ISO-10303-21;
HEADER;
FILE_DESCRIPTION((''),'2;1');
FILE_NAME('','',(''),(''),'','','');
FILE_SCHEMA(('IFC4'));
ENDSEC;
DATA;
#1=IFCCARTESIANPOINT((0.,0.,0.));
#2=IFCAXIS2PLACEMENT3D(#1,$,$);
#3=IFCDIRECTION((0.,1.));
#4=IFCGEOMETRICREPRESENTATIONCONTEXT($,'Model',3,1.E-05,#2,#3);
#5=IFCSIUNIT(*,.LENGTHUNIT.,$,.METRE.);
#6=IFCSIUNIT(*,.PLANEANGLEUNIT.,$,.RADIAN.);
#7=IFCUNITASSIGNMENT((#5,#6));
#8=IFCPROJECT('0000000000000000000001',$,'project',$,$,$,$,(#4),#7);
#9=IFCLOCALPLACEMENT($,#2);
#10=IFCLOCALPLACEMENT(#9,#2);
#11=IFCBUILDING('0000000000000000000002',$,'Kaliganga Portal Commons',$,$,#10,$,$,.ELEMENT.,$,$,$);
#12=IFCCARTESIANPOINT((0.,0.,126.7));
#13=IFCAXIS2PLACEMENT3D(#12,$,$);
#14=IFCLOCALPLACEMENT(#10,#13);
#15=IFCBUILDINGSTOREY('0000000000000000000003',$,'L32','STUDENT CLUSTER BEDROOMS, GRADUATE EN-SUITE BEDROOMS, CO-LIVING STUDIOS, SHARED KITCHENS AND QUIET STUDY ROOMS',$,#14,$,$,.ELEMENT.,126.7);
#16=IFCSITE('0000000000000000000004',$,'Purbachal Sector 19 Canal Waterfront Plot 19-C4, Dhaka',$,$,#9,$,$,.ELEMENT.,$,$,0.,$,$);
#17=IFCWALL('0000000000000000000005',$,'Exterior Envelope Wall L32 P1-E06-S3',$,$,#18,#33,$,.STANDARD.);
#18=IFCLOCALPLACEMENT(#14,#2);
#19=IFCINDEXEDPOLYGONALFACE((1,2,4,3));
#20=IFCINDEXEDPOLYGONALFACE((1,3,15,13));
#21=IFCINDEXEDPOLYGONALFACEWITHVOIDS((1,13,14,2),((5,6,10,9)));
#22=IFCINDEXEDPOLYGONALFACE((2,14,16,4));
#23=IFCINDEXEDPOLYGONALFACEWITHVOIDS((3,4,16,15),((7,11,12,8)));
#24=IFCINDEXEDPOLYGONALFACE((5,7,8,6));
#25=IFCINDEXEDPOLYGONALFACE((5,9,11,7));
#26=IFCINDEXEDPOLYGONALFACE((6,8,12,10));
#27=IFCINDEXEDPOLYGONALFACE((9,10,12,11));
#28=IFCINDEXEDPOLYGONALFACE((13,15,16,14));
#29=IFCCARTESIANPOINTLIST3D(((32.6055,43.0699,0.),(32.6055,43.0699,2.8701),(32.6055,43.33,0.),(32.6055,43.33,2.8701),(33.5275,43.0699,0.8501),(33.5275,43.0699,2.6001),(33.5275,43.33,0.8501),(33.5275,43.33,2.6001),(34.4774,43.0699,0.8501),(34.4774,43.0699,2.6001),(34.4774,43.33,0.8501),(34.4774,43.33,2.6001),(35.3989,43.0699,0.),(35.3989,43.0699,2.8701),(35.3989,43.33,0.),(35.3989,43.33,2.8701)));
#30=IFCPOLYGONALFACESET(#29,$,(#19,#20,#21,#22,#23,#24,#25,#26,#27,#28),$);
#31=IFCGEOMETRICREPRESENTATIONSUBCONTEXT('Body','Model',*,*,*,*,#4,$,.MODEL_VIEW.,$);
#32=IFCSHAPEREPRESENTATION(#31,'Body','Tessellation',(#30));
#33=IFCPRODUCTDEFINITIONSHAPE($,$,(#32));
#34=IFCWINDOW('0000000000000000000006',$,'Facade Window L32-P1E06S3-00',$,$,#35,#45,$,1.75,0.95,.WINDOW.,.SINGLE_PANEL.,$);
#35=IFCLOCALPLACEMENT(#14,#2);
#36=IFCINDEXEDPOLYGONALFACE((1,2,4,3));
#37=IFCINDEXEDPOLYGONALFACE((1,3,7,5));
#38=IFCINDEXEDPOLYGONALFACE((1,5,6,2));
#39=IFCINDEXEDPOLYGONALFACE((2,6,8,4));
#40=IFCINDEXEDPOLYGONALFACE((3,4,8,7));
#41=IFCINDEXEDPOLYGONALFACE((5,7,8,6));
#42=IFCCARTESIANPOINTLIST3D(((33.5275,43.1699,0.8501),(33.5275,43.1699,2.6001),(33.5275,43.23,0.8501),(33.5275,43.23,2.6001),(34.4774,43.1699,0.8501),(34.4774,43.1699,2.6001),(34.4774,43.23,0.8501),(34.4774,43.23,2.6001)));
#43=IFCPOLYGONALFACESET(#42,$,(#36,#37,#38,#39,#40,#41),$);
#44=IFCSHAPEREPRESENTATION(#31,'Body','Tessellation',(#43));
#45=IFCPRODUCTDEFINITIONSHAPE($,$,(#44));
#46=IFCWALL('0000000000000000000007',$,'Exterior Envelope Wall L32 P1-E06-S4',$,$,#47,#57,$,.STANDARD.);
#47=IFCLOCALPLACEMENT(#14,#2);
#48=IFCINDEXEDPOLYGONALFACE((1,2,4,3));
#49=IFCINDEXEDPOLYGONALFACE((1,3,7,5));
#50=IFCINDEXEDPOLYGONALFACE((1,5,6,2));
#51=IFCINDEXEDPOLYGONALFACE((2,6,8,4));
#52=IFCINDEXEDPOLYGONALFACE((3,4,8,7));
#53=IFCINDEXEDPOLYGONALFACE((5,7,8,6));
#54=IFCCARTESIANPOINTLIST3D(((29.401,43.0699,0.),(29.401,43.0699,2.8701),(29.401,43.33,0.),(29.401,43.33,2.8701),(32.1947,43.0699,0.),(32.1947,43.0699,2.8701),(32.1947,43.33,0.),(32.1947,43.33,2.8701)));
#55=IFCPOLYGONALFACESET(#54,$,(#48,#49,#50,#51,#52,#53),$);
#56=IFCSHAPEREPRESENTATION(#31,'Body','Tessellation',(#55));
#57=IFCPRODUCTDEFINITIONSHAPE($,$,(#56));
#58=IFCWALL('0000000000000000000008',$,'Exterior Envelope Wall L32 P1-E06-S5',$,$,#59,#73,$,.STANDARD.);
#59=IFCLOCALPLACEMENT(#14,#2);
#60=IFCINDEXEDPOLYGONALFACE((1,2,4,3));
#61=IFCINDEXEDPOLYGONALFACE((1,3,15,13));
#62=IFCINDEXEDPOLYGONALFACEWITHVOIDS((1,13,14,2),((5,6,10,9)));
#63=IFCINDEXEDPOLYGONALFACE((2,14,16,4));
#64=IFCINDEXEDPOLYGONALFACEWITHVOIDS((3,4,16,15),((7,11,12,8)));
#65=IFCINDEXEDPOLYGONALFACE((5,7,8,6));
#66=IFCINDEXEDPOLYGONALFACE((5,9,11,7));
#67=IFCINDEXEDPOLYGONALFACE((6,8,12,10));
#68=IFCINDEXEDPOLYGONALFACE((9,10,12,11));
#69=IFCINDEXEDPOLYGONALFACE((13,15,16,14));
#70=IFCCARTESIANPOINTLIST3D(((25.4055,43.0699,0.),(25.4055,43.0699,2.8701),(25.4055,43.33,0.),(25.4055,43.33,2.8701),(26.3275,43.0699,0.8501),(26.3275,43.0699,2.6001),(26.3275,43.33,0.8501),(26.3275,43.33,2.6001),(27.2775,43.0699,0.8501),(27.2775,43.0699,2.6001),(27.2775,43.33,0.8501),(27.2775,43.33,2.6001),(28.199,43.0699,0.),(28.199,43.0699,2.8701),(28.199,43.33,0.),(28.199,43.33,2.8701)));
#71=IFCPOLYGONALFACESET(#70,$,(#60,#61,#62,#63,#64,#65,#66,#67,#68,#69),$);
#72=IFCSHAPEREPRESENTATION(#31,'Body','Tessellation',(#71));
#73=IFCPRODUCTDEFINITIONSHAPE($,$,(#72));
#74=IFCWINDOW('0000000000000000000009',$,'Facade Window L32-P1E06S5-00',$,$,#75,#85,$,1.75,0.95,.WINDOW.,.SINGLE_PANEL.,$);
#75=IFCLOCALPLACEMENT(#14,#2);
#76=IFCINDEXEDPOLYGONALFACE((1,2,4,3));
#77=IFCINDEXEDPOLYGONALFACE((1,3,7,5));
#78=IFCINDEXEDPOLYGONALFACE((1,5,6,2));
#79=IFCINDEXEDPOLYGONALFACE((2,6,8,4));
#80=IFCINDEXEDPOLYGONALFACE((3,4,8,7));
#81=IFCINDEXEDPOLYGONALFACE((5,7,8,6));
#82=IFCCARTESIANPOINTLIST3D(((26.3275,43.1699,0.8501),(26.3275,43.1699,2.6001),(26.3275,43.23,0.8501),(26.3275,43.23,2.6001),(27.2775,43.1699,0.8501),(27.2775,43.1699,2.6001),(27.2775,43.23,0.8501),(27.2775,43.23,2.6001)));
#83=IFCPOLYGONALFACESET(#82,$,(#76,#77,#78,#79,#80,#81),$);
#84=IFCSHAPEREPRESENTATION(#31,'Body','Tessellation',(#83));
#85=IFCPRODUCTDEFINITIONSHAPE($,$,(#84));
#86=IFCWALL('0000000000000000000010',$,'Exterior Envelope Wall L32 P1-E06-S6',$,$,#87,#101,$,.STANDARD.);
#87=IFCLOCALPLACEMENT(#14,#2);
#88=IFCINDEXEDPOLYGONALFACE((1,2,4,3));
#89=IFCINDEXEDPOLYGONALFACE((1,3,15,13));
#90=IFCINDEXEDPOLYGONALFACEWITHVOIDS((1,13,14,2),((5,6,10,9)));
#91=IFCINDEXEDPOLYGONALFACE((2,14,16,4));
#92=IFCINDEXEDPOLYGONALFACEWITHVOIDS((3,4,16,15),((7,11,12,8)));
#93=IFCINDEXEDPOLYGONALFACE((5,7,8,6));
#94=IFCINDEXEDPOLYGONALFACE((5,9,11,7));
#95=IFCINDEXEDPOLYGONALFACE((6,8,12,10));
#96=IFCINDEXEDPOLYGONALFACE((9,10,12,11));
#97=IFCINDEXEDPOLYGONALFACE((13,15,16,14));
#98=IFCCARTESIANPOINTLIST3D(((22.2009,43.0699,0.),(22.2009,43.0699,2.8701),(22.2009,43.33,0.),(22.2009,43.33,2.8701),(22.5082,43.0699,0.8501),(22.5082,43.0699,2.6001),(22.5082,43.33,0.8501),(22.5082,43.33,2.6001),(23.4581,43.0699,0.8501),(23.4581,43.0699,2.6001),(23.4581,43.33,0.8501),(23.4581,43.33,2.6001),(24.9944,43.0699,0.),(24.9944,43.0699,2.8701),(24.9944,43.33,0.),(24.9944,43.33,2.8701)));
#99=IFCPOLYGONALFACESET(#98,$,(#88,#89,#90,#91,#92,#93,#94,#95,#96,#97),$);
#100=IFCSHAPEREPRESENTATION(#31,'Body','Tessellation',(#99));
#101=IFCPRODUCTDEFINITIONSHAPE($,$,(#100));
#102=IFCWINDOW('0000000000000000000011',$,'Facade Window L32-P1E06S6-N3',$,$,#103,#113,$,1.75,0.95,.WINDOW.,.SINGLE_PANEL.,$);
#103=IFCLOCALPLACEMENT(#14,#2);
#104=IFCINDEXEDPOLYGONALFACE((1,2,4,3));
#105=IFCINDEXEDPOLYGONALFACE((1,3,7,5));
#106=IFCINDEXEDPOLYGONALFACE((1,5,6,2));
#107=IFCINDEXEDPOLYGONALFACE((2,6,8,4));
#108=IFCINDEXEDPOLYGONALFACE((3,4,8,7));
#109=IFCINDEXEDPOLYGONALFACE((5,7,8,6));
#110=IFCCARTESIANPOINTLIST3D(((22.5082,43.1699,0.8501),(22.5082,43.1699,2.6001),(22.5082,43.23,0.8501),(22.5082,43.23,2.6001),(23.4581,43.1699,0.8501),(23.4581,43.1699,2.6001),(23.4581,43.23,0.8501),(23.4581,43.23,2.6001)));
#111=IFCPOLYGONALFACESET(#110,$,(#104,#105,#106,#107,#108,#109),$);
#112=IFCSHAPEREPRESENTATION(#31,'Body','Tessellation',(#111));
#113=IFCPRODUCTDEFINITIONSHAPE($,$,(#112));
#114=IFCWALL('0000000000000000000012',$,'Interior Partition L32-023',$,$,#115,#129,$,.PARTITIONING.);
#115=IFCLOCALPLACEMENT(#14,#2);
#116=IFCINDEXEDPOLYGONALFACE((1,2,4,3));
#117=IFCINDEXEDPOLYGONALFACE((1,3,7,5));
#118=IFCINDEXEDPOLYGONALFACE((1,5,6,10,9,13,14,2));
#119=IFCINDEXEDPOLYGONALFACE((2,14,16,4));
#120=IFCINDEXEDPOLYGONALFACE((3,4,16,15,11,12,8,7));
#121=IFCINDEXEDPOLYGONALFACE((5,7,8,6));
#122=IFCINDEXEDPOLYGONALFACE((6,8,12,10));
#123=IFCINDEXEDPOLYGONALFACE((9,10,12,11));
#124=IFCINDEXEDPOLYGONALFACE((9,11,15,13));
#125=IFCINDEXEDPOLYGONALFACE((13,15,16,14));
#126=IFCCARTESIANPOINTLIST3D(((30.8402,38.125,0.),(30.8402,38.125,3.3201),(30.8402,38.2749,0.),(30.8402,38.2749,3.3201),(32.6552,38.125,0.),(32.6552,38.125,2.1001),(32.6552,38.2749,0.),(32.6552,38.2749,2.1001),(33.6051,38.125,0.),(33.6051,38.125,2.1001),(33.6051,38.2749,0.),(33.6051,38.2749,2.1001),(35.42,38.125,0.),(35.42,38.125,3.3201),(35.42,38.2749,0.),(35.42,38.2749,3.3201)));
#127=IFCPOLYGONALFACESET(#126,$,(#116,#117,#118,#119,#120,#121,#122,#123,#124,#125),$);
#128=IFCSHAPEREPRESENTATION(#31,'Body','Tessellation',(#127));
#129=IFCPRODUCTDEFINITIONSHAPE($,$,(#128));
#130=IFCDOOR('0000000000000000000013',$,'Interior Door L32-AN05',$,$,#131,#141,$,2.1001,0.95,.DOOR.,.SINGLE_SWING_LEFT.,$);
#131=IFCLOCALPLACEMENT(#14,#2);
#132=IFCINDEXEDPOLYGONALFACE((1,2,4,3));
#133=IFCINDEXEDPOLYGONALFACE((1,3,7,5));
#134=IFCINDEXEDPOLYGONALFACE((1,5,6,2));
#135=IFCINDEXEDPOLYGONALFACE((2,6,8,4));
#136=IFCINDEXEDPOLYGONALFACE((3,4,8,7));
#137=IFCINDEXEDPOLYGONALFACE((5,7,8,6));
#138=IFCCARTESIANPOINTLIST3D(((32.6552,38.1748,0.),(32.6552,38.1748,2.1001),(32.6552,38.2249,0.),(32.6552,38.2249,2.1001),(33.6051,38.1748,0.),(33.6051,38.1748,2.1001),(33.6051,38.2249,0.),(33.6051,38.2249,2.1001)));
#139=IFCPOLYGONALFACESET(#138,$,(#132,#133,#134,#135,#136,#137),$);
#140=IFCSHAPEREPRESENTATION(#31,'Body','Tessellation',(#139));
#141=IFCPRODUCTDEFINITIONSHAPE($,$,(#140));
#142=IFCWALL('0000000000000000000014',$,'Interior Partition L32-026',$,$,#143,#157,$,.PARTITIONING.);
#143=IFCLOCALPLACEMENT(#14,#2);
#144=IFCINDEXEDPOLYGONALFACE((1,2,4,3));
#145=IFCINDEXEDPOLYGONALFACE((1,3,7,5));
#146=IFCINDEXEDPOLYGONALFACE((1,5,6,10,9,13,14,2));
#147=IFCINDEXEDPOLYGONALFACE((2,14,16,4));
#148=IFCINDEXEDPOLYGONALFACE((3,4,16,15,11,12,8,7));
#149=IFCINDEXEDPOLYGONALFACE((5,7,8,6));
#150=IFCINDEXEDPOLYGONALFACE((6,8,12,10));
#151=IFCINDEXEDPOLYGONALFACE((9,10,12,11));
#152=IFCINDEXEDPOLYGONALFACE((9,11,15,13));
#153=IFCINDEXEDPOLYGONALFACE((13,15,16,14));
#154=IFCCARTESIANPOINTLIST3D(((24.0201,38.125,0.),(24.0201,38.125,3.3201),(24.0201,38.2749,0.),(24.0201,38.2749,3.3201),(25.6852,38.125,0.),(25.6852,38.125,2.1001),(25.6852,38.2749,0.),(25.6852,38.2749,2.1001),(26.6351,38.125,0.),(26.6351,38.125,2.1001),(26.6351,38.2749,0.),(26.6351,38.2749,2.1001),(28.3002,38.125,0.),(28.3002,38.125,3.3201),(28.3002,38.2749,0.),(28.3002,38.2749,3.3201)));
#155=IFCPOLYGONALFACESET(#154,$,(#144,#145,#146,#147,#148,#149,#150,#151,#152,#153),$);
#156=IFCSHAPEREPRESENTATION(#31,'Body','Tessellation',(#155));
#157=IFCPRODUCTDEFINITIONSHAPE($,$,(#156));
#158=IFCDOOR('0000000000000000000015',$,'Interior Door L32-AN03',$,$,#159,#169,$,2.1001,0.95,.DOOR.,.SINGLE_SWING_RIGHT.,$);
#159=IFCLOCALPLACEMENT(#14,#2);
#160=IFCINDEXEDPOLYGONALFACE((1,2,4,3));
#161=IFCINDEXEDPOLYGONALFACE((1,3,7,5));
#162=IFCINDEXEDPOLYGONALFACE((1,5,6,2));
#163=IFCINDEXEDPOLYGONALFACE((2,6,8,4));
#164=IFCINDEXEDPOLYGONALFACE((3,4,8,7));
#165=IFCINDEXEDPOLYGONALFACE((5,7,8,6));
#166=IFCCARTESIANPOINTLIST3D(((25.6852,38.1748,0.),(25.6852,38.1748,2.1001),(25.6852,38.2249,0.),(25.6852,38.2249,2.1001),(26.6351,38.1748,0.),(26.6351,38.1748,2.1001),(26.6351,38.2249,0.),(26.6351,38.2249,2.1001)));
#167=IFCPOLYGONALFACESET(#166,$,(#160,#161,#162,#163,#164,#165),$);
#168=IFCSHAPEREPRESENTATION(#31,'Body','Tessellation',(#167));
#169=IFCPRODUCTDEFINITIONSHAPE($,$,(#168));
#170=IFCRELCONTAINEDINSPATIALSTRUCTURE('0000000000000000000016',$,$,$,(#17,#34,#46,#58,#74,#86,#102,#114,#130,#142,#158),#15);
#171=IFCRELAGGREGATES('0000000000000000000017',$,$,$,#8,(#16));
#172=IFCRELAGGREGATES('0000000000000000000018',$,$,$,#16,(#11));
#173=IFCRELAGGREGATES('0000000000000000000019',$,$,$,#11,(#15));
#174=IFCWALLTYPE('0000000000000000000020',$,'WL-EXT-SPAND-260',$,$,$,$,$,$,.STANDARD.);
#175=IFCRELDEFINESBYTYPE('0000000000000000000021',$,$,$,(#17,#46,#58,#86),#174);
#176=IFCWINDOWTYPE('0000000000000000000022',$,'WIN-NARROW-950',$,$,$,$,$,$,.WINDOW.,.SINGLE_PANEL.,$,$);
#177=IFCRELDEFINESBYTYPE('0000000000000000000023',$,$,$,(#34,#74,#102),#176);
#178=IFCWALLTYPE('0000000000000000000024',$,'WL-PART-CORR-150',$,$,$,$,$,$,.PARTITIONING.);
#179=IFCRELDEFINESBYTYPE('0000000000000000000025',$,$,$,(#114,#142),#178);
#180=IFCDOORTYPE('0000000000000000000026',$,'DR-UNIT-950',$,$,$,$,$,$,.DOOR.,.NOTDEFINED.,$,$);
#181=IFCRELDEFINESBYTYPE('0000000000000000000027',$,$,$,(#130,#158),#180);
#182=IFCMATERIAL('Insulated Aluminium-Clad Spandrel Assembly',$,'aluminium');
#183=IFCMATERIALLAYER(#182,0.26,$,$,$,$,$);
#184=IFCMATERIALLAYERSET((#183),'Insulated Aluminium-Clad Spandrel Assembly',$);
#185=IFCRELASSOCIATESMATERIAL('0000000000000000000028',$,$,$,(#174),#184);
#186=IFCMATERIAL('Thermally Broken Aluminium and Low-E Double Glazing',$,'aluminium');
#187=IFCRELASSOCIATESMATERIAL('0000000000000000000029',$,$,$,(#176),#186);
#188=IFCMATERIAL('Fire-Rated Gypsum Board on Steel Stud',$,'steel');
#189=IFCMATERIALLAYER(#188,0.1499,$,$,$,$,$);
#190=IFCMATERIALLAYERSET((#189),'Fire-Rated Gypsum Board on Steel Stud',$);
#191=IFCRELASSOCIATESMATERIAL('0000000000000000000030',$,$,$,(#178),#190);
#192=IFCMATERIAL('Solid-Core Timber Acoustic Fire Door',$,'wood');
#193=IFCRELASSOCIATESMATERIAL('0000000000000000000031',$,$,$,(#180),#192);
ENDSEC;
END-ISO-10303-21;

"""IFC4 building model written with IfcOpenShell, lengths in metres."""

from ifc_helpers import new_model, si_unit, direction, frame, frame_2d, origin, place, context, subcontext, project, spatial, rectangle, extrude, material, layer, layer_set, type_object, element, fill, save


model = new_model("IFC4")

# Units and contexts
model_context = context("Model", 3, precision=1e-05, world=origin(), true_north=direction((0.0, 1.0)))
body_context = subcontext(model_context, "Body", "Model", "MODEL_VIEW")
ifc_project = project(units=[si_unit("LENGTHUNIT", "METRE"), si_unit("PLANEANGLEUNIT", "RADIAN")], contexts=[model_context])

# Site, building, storey
site_placement = place(None, origin())
site = spatial("IfcSite", under=ifc_project, at=site_placement, Name="Purbachal Sector 19 Canal Waterfront Plot 19-C4, Dhaka", CompositionType="ELEMENT", RefElevation=0.0)
building_placement = place(site_placement, origin())
building = spatial("IfcBuilding", under=site, at=building_placement, Name="Kaliganga Portal Commons", CompositionType="ELEMENT")
storey_placement = place(building_placement, frame((0.0, 0.0, 126.7)))
storey = spatial("IfcBuildingStorey", under=building, at=storey_placement, Name="L32", Description="STUDENT CLUSTER BEDROOMS, GRADUATE EN-SUITE BEDROOMS, CO-LIVING STUDIOS, SHARED KITCHENS AND QUIET STUDY ROOMS", CompositionType="ELEMENT", Elevation=126.7)

# Wall, opening, window
ifc_material_1 = material(Name="Insulated Aluminium-Clad Spandrel Assembly", Category="aluminium")
ifc_layer_1 = layer(ifc_material_1, 0.26)
ifc_layer_set_1 = layer_set([ifc_layer_1], Name="Insulated Aluminium-Clad Spandrel Assembly")
wall_type_1 = type_object("IfcWallType", Name="WL-EXT-SPAND-260", PredefinedType="STANDARD", material=ifc_layer_set_1)
wall_1_placement = place(storey_placement, frame((32.6055, 43.2, 0.0), z_axis=(0.0, 0.0, 1.0), x_axis=(1.0, 0.0, 0.0)))
wall_1 = element("IfcWall", 1, at=wall_1_placement, inside=storey, type_object=wall_type_1, Name="Exterior Envelope Wall L32 P1-E06-S3", PredefinedType="STANDARD", context=body_context, shape_type="SweptSolid", body=[
    extrude(rectangle(XDim=2.7935, YDim=0.26, at=frame_2d((1.3967, 0.0))), origin(), (0.0, 0.0, 1.0), 2.8701),
])
opening_1_placement = place(wall_1_placement, frame((0.9219, 0.0, 0.8501)))
opening_1 = element("IfcOpeningElement", 2, at=opening_1_placement, cuts=wall_1, PredefinedType="OPENING", context=body_context, shape_type="SweptSolid", body=[
    extrude(rectangle(XDim=0.95, YDim=1.75, at=frame_2d((0.4751, 0.875))), frame((0.0, 0.1401, 0.0), z_axis=(0.0, -1.0, 0.0), x_axis=(1.0, 0.0, 0.0)), (0.0, 0.0, 1.0), 0.28),
])
ifc_material_2 = material(Name="Thermally Broken Aluminium and Low-E Double Glazing", Category="aluminium")
window_type = type_object("IfcWindowType", Name="WIN-NARROW-950", PartitioningType="SINGLE_PANEL", PredefinedType="WINDOW", material=ifc_material_2)
window_1_placement = place(opening_1_placement, origin())
window_1 = element("IfcWindow", 3, at=window_1_placement, inside=storey, type_object=window_type, Name="Facade Window L32-P1E06S3-00", OverallHeight=1.75, OverallWidth=0.95, PartitioningType="SINGLE_PANEL", PredefinedType="WINDOW", context=body_context, shape_type="SweptSolid", body=[
    extrude(rectangle(XDim=0.95, YDim=1.75, at=frame_2d((0.4751, 0.875))), frame((0.0, 0.03, 0.0), z_axis=(0.0, -1.0, 0.0), x_axis=(1.0, 0.0, 0.0)), (0.0, 0.0, 1.0), 0.0601),
])
fill(opening_1, window_1)

# Wall
wall_2_placement = place(storey_placement, frame((29.4009, 43.2, 0.0), z_axis=(0.0, 0.0, 1.0), x_axis=(1.0, 0.0, 0.0)))
element("IfcWall", 4, at=wall_2_placement, inside=storey, type_object=wall_type_1, Name="Exterior Envelope Wall L32 P1-E06-S4", PredefinedType="STANDARD", context=body_context, shape_type="SweptSolid", body=[
    extrude(rectangle(XDim=2.7937, YDim=0.26, at=frame_2d((1.397, 0.0))), origin(), (0.0, 0.0, 1.0), 2.8701),
])

# Walls, openings, windows
wall_3_placement = place(storey_placement, frame((25.4055, 43.2, 0.0), z_axis=(0.0, 0.0, 1.0), x_axis=(1.0, 0.0, 0.0)))
wall_3 = element("IfcWall", 5, at=wall_3_placement, inside=storey, type_object=wall_type_1, Name="Exterior Envelope Wall L32 P1-E06-S5", PredefinedType="STANDARD", context=body_context, shape_type="SweptSolid", body=[
    extrude(rectangle(XDim=2.7935, YDim=0.26, at=frame_2d((1.3967, 0.0))), origin(), (0.0, 0.0, 1.0), 2.8701),
])
opening_2_placement = place(wall_3_placement, frame((0.9219, 0.0, 0.8501)))
opening_2 = element("IfcOpeningElement", 6, at=opening_2_placement, cuts=wall_3, PredefinedType="OPENING", context=body_context, shape_type="SweptSolid", body=[
    extrude(rectangle(XDim=0.95, YDim=1.75, at=frame_2d((0.4751, 0.875))), frame((0.0, 0.1401, 0.0), z_axis=(0.0, -1.0, 0.0), x_axis=(1.0, 0.0, 0.0)), (0.0, 0.0, 1.0), 0.28),
])
window_2_placement = place(opening_2_placement, origin())
window_2 = element("IfcWindow", 7, at=window_2_placement, inside=storey, type_object=window_type, Name="Facade Window L32-P1E06S5-00", OverallHeight=1.75, OverallWidth=0.95, PartitioningType="SINGLE_PANEL", PredefinedType="WINDOW", context=body_context, shape_type="SweptSolid", body=[
    extrude(rectangle(XDim=0.95, YDim=1.75, at=frame_2d((0.4751, 0.875))), frame((0.0, 0.03, 0.0), z_axis=(0.0, -1.0, 0.0), x_axis=(1.0, 0.0, 0.0)), (0.0, 0.0, 1.0), 0.0601),
])
fill(opening_2, window_2)
wall_4_placement = place(storey_placement, frame((22.2009, 43.2, 0.0), z_axis=(0.0, 0.0, 1.0), x_axis=(1.0, 0.0, 0.0)))
wall_4 = element("IfcWall", 8, at=wall_4_placement, inside=storey, type_object=wall_type_1, Name="Exterior Envelope Wall L32 P1-E06-S6", PredefinedType="STANDARD", context=body_context, shape_type="SweptSolid", body=[
    extrude(rectangle(XDim=2.7935, YDim=0.26, at=frame_2d((1.3967, 0.0))), origin(), (0.0, 0.0, 1.0), 2.8701),
])
opening_3_placement = place(wall_4_placement, frame((0.3071, 0.0, 0.8501)))
opening_3 = element("IfcOpeningElement", 9, at=opening_3_placement, cuts=wall_4, PredefinedType="OPENING", context=body_context, shape_type="SweptSolid", body=[
    extrude(rectangle(XDim=0.95, YDim=1.75, at=frame_2d((0.4751, 0.875))), frame((0.0, 0.1401, 0.0), z_axis=(0.0, -1.0, 0.0), x_axis=(1.0, 0.0, 0.0)), (0.0, 0.0, 1.0), 0.28),
])
window_3_placement = place(opening_3_placement, origin())
window_3 = element("IfcWindow", 10, at=window_3_placement, inside=storey, type_object=window_type, Name="Facade Window L32-P1E06S6-N3", OverallHeight=1.75, OverallWidth=0.95, PartitioningType="SINGLE_PANEL", PredefinedType="WINDOW", context=body_context, shape_type="SweptSolid", body=[
    extrude(rectangle(XDim=0.95, YDim=1.75, at=frame_2d((0.4751, 0.875))), frame((0.0, 0.03, 0.0), z_axis=(0.0, -1.0, 0.0), x_axis=(1.0, 0.0, 0.0)), (0.0, 0.0, 1.0), 0.0601),
])
fill(opening_3, window_3)

# Walls, openings, doors
ifc_material_3 = material(Name="Fire-Rated Gypsum Board on Steel Stud", Category="steel")
ifc_layer_2 = layer(ifc_material_3, 0.1499)
ifc_layer_set_2 = layer_set([ifc_layer_2], Name="Fire-Rated Gypsum Board on Steel Stud")
wall_type_2 = type_object("IfcWallType", Name="WL-PART-CORR-150", PredefinedType="PARTITIONING", material=ifc_layer_set_2)
wall_5_placement = place(storey_placement, frame((30.8401, 38.2, 0.0), z_axis=(0.0, 0.0, 1.0), x_axis=(1.0, 0.0, 0.0)))
wall_5 = element("IfcWall", 11, at=wall_5_placement, inside=storey, type_object=wall_type_2, Name="Interior Partition L32-023", PredefinedType="PARTITIONING", context=body_context, shape_type="SweptSolid", body=[
    extrude(rectangle(XDim=4.5798, YDim=0.1499, at=frame_2d((2.29, 0.0))), origin(), (0.0, 0.0, 1.0), 3.3201),
])
opening_4_placement = place(wall_5_placement, frame((1.8149, 0.0, 0.0)))
opening_4 = element("IfcOpeningElement", 12, at=opening_4_placement, cuts=wall_5, PredefinedType="OPENING", context=body_context, shape_type="SweptSolid", body=[
    extrude(rectangle(XDim=0.95, YDim=2.1001, at=frame_2d((0.4751, 1.05))), frame((0.0, 0.085, 0.0), z_axis=(0.0, -1.0, 0.0), x_axis=(1.0, 0.0, 0.0)), (0.0, 0.0, 1.0), 0.1699),
])
ifc_material_4 = material(Name="Solid-Core Timber Acoustic Fire Door", Category="wood")
door_type_1 = type_object("IfcDoorType", Name="DR-UNIT-950", OperationType="NOTDEFINED", PredefinedType="DOOR", material=ifc_material_4)
door_1_placement = place(opening_4_placement, origin())
door_1 = element("IfcDoor", 13, at=door_1_placement, inside=storey, type_object=door_type_1, Name="Interior Door L32-AN05", OperationType="SINGLE_SWING_LEFT", OverallHeight=2.1001, OverallWidth=0.95, PredefinedType="DOOR", context=body_context, shape_type="SweptSolid", body=[
    extrude(rectangle(XDim=0.95, YDim=2.1001, at=frame_2d((0.4751, 1.05))), frame((0.0, 0.0249, 0.0), z_axis=(0.0, -1.0, 0.0), x_axis=(1.0, 0.0, 0.0)), (0.0, 0.0, 1.0), 0.05),
])
fill(opening_4, door_1)
wall_6_placement = place(storey_placement, frame((24.02, 38.2, 0.0), z_axis=(0.0, 0.0, 1.0), x_axis=(1.0, 0.0, 0.0)))
wall_6 = element("IfcWall", 14, at=wall_6_placement, inside=storey, type_object=wall_type_2, Name="Interior Partition L32-026", PredefinedType="PARTITIONING", context=body_context, shape_type="SweptSolid", body=[
    extrude(rectangle(XDim=4.28, YDim=0.1499, at=frame_2d((2.1401, 0.0))), origin(), (0.0, 0.0, 1.0), 3.3201),
])
opening_5_placement = place(wall_6_placement, frame((1.665, 0.0, 0.0)))
opening_5 = element("IfcOpeningElement", 15, at=opening_5_placement, cuts=wall_6, PredefinedType="OPENING", context=body_context, shape_type="SweptSolid", body=[
    extrude(rectangle(XDim=0.95, YDim=2.1001, at=frame_2d((0.4751, 1.05))), frame((0.0, 0.085, 0.0), z_axis=(0.0, -1.0, 0.0), x_axis=(1.0, 0.0, 0.0)), (0.0, 0.0, 1.0), 0.1699),
])
door_2_placement = place(opening_5_placement, origin())
door_2 = element("IfcDoor", 16, at=door_2_placement, inside=storey, type_object=door_type_1, Name="Interior Door L32-AN03", OperationType="SINGLE_SWING_RIGHT", OverallHeight=2.1001, OverallWidth=0.95, PredefinedType="DOOR", context=body_context, shape_type="SweptSolid", body=[
    extrude(rectangle(XDim=0.95, YDim=2.1001, at=frame_2d((0.4751, 1.05))), frame((0.0, 0.0249, 0.0), z_axis=(0.0, -1.0, 0.0), x_axis=(1.0, 0.0, 0.0)), (0.0, 0.0, 1.0), 0.05),
])
fill(opening_5, door_2)

save(model, "model.ifc")
